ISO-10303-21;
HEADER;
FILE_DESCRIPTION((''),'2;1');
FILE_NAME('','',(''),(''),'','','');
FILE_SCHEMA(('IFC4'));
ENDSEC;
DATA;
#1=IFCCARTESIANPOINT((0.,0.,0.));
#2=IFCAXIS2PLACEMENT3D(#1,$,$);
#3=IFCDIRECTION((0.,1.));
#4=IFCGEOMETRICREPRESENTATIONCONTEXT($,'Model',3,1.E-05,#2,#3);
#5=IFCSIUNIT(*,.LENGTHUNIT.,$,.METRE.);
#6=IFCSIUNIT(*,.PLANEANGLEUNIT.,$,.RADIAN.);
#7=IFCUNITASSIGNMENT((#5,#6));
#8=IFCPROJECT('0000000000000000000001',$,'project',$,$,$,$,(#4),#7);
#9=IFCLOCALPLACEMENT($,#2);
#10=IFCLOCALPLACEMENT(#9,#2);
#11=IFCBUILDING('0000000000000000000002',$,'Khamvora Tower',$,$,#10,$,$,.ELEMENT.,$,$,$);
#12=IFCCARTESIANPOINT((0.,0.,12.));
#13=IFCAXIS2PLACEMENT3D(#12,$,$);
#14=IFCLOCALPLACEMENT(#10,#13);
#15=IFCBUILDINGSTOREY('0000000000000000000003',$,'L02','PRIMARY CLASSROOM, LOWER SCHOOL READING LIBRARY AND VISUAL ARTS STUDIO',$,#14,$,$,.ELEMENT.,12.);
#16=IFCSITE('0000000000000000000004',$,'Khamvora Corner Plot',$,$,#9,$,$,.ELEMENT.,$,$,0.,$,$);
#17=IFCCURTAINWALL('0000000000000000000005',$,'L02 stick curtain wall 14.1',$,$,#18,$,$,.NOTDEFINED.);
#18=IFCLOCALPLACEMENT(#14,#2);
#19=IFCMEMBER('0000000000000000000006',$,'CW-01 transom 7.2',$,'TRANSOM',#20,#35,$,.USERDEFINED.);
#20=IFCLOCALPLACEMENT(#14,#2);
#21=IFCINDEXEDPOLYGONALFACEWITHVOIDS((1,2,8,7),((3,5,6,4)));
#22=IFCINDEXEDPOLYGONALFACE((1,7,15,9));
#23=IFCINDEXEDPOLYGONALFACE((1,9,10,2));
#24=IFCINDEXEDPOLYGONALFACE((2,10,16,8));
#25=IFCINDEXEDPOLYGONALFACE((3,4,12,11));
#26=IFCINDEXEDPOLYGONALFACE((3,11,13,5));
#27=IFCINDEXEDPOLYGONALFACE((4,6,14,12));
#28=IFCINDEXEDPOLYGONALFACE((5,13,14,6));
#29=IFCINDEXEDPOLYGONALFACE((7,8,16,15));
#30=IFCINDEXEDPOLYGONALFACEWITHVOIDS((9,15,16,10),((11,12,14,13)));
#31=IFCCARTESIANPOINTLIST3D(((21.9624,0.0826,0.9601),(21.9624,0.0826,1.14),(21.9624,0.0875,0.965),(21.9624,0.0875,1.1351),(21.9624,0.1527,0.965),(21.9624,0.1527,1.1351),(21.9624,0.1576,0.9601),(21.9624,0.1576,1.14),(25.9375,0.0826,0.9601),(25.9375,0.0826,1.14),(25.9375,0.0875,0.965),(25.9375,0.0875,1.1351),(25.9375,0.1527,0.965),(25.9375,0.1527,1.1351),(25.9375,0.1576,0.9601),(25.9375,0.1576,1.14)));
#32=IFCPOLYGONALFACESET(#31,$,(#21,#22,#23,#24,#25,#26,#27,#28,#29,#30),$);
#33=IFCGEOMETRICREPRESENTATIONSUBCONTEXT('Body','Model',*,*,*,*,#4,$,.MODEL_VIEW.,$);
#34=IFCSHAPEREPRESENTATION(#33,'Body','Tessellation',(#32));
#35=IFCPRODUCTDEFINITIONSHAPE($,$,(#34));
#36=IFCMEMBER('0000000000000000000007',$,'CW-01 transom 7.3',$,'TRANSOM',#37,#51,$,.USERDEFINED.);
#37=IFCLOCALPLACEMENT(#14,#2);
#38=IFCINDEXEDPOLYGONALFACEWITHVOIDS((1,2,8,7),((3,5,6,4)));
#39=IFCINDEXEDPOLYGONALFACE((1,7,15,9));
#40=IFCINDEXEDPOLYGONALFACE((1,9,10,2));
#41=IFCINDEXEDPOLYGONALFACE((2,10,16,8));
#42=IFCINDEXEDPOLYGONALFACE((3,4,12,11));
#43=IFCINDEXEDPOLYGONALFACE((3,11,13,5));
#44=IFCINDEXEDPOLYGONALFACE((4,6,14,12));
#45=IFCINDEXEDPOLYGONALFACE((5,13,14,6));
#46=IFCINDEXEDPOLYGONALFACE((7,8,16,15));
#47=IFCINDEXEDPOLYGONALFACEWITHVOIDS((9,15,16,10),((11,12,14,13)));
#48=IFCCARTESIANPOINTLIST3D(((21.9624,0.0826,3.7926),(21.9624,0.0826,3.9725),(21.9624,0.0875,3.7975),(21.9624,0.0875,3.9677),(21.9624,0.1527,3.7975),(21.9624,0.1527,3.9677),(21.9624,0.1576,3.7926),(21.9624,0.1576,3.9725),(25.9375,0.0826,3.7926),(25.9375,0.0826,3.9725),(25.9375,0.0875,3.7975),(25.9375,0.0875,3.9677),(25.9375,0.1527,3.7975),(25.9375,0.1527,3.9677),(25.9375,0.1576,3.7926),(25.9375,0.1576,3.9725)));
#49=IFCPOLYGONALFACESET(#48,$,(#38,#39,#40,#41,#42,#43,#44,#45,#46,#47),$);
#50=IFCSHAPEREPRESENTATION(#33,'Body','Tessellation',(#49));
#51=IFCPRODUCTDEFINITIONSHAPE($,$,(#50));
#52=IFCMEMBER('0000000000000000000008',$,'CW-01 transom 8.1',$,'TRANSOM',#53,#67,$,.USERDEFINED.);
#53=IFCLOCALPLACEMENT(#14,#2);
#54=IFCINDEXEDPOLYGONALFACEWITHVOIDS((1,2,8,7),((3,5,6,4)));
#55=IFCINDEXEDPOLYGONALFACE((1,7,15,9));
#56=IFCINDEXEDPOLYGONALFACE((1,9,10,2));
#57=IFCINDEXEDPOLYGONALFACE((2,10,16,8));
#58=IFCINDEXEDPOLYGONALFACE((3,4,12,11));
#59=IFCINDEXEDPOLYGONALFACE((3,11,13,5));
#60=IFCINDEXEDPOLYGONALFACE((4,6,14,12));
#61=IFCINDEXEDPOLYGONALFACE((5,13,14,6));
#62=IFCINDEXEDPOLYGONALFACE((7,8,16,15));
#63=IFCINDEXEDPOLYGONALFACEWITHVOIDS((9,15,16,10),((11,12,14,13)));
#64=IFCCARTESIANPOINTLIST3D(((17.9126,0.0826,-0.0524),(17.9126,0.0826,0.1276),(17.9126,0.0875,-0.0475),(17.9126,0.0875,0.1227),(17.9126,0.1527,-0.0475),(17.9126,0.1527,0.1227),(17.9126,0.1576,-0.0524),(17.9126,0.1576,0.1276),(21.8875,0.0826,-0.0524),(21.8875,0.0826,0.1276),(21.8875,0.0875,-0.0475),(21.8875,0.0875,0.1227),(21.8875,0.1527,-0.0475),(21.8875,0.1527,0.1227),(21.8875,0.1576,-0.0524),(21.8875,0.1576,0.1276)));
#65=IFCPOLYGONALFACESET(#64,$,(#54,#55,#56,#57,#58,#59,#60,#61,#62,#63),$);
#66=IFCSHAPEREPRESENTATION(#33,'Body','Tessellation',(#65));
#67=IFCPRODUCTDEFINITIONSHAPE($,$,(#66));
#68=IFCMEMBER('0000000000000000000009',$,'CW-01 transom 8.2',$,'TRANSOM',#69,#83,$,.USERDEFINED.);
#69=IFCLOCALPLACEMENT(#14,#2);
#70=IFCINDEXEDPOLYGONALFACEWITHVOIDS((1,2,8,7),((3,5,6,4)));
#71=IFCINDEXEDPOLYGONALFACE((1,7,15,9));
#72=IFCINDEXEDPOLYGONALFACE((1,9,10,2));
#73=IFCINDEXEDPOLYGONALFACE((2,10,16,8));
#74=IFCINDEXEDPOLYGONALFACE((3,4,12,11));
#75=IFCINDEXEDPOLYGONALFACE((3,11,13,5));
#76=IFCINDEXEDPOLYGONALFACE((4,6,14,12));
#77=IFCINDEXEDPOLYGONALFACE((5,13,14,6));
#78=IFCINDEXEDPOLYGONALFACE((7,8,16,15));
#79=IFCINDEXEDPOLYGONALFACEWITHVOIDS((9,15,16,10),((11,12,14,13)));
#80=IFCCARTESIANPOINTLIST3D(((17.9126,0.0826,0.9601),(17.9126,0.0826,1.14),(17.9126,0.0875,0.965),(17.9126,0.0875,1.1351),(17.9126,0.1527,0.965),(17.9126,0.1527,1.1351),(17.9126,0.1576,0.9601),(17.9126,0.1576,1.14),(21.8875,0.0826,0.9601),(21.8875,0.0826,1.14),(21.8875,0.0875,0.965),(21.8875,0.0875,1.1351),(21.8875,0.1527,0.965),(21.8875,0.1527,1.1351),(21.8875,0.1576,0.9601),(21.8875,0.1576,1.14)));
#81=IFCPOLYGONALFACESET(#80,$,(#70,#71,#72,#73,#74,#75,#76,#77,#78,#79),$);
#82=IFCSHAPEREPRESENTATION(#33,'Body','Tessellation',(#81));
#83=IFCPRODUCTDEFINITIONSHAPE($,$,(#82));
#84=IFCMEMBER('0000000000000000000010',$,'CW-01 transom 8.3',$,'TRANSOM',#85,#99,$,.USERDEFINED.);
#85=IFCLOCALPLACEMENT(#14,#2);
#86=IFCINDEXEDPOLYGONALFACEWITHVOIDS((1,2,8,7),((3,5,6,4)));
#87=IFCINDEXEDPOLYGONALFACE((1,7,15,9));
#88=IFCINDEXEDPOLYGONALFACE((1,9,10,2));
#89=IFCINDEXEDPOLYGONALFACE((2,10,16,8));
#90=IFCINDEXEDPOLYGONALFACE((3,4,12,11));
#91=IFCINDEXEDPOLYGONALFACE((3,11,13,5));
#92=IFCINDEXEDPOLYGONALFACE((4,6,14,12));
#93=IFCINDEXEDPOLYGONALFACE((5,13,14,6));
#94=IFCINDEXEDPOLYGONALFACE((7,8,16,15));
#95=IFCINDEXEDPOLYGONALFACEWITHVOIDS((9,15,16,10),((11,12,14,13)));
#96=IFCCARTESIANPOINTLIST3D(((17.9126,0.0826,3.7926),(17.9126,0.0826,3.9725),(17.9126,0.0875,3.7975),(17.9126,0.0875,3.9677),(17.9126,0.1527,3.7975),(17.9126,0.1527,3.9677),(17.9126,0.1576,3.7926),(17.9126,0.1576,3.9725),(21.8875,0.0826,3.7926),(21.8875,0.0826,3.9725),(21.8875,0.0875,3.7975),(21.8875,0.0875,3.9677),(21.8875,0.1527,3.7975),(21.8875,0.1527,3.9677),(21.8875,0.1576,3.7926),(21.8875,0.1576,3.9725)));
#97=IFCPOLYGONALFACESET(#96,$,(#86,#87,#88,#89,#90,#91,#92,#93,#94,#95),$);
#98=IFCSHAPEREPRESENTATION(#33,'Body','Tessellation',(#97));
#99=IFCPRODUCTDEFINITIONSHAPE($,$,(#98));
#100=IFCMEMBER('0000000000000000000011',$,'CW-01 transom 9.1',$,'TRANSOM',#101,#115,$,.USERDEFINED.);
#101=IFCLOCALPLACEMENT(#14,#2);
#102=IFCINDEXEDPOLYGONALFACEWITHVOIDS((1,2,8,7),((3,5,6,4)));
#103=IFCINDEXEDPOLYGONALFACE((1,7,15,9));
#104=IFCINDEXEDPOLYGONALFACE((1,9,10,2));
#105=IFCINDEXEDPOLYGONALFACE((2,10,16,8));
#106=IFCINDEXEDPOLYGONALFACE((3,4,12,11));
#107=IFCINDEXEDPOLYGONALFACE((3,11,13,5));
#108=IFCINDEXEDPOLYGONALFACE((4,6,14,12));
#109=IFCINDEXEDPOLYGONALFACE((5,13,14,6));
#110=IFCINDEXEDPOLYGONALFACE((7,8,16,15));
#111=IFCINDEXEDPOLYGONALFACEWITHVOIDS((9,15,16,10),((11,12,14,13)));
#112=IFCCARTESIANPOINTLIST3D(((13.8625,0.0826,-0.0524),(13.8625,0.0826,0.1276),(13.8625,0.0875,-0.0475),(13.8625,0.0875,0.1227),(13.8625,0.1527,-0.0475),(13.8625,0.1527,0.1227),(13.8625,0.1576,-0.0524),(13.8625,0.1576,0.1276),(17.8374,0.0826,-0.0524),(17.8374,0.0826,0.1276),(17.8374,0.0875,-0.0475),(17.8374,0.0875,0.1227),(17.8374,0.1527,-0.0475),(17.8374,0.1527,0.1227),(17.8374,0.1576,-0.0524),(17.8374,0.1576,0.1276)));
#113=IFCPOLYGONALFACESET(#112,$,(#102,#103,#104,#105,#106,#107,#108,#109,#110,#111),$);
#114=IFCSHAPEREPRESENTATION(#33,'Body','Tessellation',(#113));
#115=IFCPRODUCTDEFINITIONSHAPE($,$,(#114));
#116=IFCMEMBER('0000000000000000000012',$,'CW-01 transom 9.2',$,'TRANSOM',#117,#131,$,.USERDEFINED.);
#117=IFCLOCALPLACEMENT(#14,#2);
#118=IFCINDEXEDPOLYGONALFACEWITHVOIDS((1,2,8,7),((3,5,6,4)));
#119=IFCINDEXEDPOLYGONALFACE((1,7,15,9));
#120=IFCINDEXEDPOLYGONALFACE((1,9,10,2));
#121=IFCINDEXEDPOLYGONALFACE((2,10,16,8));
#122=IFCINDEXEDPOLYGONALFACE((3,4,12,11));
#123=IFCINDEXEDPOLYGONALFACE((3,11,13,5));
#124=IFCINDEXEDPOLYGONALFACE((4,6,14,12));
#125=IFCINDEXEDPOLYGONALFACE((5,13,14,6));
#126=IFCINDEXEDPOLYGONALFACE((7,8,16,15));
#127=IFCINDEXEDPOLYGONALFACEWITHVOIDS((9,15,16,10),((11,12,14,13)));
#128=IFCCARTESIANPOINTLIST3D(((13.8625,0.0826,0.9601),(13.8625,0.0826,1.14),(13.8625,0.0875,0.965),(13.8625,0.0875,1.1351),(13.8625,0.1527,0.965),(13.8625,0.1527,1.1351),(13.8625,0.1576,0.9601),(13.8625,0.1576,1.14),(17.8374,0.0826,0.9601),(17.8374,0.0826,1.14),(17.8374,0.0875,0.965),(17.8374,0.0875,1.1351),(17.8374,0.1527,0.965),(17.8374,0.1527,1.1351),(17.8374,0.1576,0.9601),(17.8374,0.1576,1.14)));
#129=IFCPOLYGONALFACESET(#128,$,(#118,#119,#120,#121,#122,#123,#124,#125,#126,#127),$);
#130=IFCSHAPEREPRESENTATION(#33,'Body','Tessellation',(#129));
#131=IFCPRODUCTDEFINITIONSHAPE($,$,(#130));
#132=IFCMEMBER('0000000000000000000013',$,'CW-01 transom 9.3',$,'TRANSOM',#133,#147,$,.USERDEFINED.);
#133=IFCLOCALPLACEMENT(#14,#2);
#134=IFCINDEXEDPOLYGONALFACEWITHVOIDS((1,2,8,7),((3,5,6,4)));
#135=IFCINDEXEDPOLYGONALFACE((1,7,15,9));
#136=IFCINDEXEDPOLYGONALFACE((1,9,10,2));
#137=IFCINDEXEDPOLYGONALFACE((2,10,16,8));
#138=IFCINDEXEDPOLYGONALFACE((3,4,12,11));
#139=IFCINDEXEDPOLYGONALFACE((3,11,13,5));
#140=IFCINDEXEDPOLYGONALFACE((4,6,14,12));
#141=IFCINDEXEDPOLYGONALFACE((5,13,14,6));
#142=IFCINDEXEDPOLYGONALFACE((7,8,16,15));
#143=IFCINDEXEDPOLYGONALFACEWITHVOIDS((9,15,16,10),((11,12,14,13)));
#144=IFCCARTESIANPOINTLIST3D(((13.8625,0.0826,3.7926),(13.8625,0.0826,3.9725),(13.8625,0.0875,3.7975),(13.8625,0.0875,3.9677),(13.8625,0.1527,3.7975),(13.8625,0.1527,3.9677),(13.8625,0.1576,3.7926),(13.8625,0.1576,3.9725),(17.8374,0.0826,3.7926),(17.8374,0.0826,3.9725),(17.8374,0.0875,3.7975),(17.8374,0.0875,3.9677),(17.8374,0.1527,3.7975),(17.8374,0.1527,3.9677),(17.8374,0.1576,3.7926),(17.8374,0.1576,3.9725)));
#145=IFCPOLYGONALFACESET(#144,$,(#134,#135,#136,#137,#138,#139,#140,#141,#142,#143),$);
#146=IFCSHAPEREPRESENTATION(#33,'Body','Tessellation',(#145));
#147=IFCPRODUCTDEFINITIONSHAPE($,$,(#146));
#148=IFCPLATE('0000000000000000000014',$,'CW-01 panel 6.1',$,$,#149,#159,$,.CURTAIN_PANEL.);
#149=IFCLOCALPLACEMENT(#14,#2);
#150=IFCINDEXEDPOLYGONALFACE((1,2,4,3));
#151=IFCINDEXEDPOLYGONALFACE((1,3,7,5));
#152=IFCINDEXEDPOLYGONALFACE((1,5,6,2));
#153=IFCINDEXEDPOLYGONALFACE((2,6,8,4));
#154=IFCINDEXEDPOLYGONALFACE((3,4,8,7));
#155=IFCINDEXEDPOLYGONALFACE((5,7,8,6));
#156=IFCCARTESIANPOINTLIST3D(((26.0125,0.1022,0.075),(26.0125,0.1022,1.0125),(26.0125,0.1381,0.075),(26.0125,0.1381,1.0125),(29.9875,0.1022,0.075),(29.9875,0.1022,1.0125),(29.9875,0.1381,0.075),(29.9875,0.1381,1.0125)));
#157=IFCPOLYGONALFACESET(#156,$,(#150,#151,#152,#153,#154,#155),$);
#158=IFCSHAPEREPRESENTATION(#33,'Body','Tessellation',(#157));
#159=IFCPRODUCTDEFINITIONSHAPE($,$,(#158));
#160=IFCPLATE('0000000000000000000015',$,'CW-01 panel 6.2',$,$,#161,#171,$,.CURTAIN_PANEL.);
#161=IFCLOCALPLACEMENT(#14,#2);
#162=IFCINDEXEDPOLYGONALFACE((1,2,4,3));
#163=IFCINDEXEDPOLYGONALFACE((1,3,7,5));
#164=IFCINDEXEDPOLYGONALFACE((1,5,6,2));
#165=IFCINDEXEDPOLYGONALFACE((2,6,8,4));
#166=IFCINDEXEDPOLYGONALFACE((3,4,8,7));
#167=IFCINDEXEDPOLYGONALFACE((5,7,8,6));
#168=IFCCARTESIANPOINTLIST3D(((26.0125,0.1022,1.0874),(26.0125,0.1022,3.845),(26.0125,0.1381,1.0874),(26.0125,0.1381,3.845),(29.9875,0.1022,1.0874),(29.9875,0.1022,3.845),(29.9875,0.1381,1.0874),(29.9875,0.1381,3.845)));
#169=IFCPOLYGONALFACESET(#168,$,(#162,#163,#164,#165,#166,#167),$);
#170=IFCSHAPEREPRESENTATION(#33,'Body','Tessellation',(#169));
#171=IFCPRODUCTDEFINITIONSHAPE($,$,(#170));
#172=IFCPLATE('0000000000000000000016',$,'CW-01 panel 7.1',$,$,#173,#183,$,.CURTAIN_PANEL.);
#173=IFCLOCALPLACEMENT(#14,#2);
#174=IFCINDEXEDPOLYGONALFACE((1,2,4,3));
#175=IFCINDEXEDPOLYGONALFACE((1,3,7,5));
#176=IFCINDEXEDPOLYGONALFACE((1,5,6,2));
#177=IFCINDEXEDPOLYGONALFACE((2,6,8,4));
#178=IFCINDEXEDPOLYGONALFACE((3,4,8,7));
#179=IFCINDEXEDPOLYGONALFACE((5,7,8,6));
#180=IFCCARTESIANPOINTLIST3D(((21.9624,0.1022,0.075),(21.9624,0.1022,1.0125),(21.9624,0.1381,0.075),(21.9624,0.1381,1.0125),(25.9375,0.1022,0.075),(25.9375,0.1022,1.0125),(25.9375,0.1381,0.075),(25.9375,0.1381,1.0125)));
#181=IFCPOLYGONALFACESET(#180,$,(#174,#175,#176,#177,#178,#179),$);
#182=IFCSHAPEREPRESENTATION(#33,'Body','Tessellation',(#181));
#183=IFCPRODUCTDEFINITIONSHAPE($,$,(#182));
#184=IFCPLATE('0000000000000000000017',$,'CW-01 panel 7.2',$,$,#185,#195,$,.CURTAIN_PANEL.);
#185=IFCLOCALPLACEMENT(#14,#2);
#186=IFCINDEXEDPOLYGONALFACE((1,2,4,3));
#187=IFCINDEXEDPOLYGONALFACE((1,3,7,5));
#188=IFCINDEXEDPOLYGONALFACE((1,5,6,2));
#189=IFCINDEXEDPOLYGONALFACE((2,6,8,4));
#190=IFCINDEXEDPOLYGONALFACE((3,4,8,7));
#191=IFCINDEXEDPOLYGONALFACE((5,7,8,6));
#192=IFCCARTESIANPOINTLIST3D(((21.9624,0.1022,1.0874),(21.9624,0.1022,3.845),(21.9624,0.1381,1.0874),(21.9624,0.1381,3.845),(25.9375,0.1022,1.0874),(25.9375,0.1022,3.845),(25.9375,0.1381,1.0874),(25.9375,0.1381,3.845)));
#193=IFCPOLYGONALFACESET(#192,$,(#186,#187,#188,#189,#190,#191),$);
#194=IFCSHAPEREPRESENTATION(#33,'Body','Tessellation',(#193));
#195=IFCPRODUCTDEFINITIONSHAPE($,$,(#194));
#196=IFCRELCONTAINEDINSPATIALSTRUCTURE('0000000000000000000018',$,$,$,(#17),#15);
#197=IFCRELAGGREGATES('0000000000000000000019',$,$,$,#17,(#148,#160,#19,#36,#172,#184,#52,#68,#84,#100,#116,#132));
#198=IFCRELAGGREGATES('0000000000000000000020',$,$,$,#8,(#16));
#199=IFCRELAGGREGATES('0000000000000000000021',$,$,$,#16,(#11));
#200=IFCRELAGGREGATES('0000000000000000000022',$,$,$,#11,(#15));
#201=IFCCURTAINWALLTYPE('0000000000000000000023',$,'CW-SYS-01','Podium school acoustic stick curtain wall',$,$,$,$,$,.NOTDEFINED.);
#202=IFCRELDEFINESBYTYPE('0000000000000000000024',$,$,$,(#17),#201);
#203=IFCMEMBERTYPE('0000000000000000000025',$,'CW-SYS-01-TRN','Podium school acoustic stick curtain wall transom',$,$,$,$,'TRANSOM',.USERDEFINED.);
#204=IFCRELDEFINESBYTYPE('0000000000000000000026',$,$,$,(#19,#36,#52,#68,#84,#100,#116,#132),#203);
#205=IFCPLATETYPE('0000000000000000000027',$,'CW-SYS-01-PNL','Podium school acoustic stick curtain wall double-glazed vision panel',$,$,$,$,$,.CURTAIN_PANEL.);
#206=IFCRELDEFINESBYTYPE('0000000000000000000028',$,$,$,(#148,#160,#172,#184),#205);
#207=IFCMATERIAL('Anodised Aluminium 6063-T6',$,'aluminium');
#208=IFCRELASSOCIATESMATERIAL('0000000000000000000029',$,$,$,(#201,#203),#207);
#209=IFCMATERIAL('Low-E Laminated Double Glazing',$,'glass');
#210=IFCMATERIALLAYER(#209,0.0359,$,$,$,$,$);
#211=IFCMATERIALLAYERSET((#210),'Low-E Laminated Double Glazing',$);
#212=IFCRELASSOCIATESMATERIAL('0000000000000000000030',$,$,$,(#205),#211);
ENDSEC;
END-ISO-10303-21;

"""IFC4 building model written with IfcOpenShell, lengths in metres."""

from ifc_helpers import new_model, si_unit, direction, frame, origin, origin_2d, place, context, subcontext, project, spatial, rectangle, hollow_rectangle, extrude, material, layer, layer_set, material_profile, profile_set, type_object, element, aggregate, save


model = new_model("IFC4")

# Units and contexts
model_context = context("Model", 3, precision=1e-05, world=origin(), true_north=direction((0.0, 1.0)))
body_context = subcontext(model_context, "Body", "Model", "MODEL_VIEW")
ifc_project = project(units=[si_unit("LENGTHUNIT", "METRE"), si_unit("PLANEANGLEUNIT", "RADIAN")], contexts=[model_context])

# Site, building, storey
site_placement = place(None, origin())
site = spatial("IfcSite", under=ifc_project, at=site_placement, Name="Khamvora Corner Plot", CompositionType="ELEMENT", RefElevation=0.0)
building_placement = place(site_placement, origin())
building = spatial("IfcBuilding", under=site, at=building_placement, Name="Khamvora Tower", CompositionType="ELEMENT")
storey_placement = place(building_placement, frame((0.0, 0.0, 12.0)))
storey = spatial("IfcBuildingStorey", under=building, at=storey_placement, Name="L02", Description="PRIMARY CLASSROOM, LOWER SCHOOL READING LIBRARY AND VISUAL ARTS STUDIO", CompositionType="ELEMENT", Elevation=12.0)

# Curtain wall, members, plates
ifc_material_1 = material(Name="Anodised Aluminium 6063-T6", Category="aluminium")
curtain_wall_type = type_object("IfcCurtainWallType", Name="CW-SYS-01", Description="Podium school acoustic stick curtain wall", PredefinedType="NOTDEFINED", material=ifc_material_1)
curtain_wall_placement = place(storey_placement, origin())
curtain_wall = element("IfcCurtainWall", 1, at=curtain_wall_placement, inside=storey, type_object=curtain_wall_type, Name="L02 stick curtain wall 14.1", PredefinedType="NOTDEFINED")
ifc_material_profile_1 = material_profile(ifc_material_1, hollow_rectangle(XDim=0.075, YDim=0.1799, WallThickness=0.0049, at=origin_2d()), Name="TRN75x180x5")
ifc_profile_set_1 = profile_set([ifc_material_profile_1], Name="Anodised Aluminium 6063-T6")
member_type_1 = type_object("IfcMemberType", Name="CW-SYS-01-TRN", Description="Podium school acoustic stick curtain wall transom", ElementType="TRANSOM", PredefinedType="USERDEFINED", material=ifc_profile_set_1)
member_1_placement = place(storey_placement, frame((25.9375, 0.1201, 1.05), z_axis=(-1.0, 0.0, 0.0), x_axis=(0.0, -1.0, 0.0)))
member_1 = element("IfcMember", 2, at=member_1_placement, type_object=member_type_1, Name="CW-01 transom 7.2", ObjectType="TRANSOM", PredefinedType="USERDEFINED", context=body_context, shape_type="SweptSolid", body=[
    extrude(hollow_rectangle(XDim=0.075, YDim=0.1799, WallThickness=0.0049, at=origin_2d()), origin(), (0.0, 0.0, 1.0), 3.9751),
])
member_2_placement = place(storey_placement, frame((25.9375, 0.1201, 3.8826), z_axis=(-1.0, 0.0, 0.0), x_axis=(0.0, -1.0, 0.0)))
member_2 = element("IfcMember", 3, at=member_2_placement, type_object=member_type_1, Name="CW-01 transom 7.3", ObjectType="TRANSOM", PredefinedType="USERDEFINED", context=body_context, shape_type="SweptSolid", body=[
    extrude(hollow_rectangle(XDim=0.075, YDim=0.1799, WallThickness=0.0049, at=origin_2d()), origin(), (0.0, 0.0, 1.0), 3.9751),
])
member_3_placement = place(storey_placement, frame((21.8875, 0.1201, 0.0376), z_axis=(-1.0, 0.0, 0.0), x_axis=(0.0, -1.0, 0.0)))
member_3 = element("IfcMember", 4, at=member_3_placement, type_object=member_type_1, Name="CW-01 transom 8.1", ObjectType="TRANSOM", PredefinedType="USERDEFINED", context=body_context, shape_type="SweptSolid", body=[
    extrude(hollow_rectangle(XDim=0.075, YDim=0.1799, WallThickness=0.0049, at=origin_2d()), origin(), (0.0, 0.0, 1.0), 3.9749),
])
member_4_placement = place(storey_placement, frame((21.8875, 0.1201, 1.05), z_axis=(-1.0, 0.0, 0.0), x_axis=(0.0, -1.0, 0.0)))
member_4 = element("IfcMember", 5, at=member_4_placement, type_object=member_type_1, Name="CW-01 transom 8.2", ObjectType="TRANSOM", PredefinedType="USERDEFINED", context=body_context, shape_type="SweptSolid", body=[
    extrude(hollow_rectangle(XDim=0.075, YDim=0.1799, WallThickness=0.0049, at=origin_2d()), origin(), (0.0, 0.0, 1.0), 3.9749),
])
member_5_placement = place(storey_placement, frame((21.8875, 0.1201, 3.8826), z_axis=(-1.0, 0.0, 0.0), x_axis=(0.0, -1.0, 0.0)))
member_5 = element("IfcMember", 6, at=member_5_placement, type_object=member_type_1, Name="CW-01 transom 8.3", ObjectType="TRANSOM", PredefinedType="USERDEFINED", context=body_context, shape_type="SweptSolid", body=[
    extrude(hollow_rectangle(XDim=0.075, YDim=0.1799, WallThickness=0.0049, at=origin_2d()), origin(), (0.0, 0.0, 1.0), 3.9749),
])
member_6_placement = place(storey_placement, frame((17.8374, 0.1201, 0.0376), z_axis=(-1.0, 0.0, 0.0), x_axis=(0.0, -1.0, 0.0)))
member_6 = element("IfcMember", 7, at=member_6_placement, type_object=member_type_1, Name="CW-01 transom 9.1", ObjectType="TRANSOM", PredefinedType="USERDEFINED", context=body_context, shape_type="SweptSolid", body=[
    extrude(hollow_rectangle(XDim=0.075, YDim=0.1799, WallThickness=0.0049, at=origin_2d()), origin(), (0.0, 0.0, 1.0), 3.9749),
])
member_7_placement = place(storey_placement, frame((17.8374, 0.1201, 1.05), z_axis=(-1.0, 0.0, 0.0), x_axis=(0.0, -1.0, 0.0)))
member_7 = element("IfcMember", 8, at=member_7_placement, type_object=member_type_1, Name="CW-01 transom 9.2", ObjectType="TRANSOM", PredefinedType="USERDEFINED", context=body_context, shape_type="SweptSolid", body=[
    extrude(hollow_rectangle(XDim=0.075, YDim=0.1799, WallThickness=0.0049, at=origin_2d()), origin(), (0.0, 0.0, 1.0), 3.9749),
])
member_8_placement = place(storey_placement, frame((17.8374, 0.1201, 3.8826), z_axis=(-1.0, 0.0, 0.0), x_axis=(0.0, -1.0, 0.0)))
member_8 = element("IfcMember", 9, at=member_8_placement, type_object=member_type_1, Name="CW-01 transom 9.3", ObjectType="TRANSOM", PredefinedType="USERDEFINED", context=body_context, shape_type="SweptSolid", body=[
    extrude(hollow_rectangle(XDim=0.075, YDim=0.1799, WallThickness=0.0049, at=origin_2d()), origin(), (0.0, 0.0, 1.0), 3.9749),
])
ifc_material_2 = material(Name="Low-E Laminated Double Glazing", Category="glass")
ifc_layer_1 = layer(ifc_material_2, 0.0359)
ifc_layer_set_1 = layer_set([ifc_layer_1], Name="Low-E Laminated Double Glazing")
plate_type_1 = type_object("IfcPlateType", Name="CW-SYS-01-PNL", Description="Podium school acoustic stick curtain wall double-glazed vision panel", PredefinedType="CURTAIN_PANEL", material=ifc_layer_set_1)
plate_1_placement = place(storey_placement, frame((28.0, 0.1201, 0.075), z_axis=(0.0, 0.0, 1.0), x_axis=(-1.0, 0.0, 0.0)))
plate_1 = element("IfcPlate", 10, at=plate_1_placement, type_object=plate_type_1, Name="CW-01 panel 6.1", PredefinedType="CURTAIN_PANEL", context=body_context, shape_type="SweptSolid", body=[
    extrude(rectangle(XDim=3.9751, YDim=0.0359, at=origin_2d()), origin(), (0.0, 0.0, 1.0), 0.9375),
])
plate_2_placement = place(storey_placement, frame((28.0, 0.1201, 1.0874), z_axis=(0.0, 0.0, 1.0), x_axis=(-1.0, 0.0, 0.0)))
plate_2 = element("IfcPlate", 11, at=plate_2_placement, type_object=plate_type_1, Name="CW-01 panel 6.2", PredefinedType="CURTAIN_PANEL", context=body_context, shape_type="SweptSolid", body=[
    extrude(rectangle(XDim=3.9751, YDim=0.0359, at=origin_2d()), origin(), (0.0, 0.0, 1.0), 2.7576),
])
plate_3_placement = place(storey_placement, frame((23.95, 0.1201, 0.075), z_axis=(0.0, 0.0, 1.0), x_axis=(-1.0, 0.0, 0.0)))
plate_3 = element("IfcPlate", 12, at=plate_3_placement, type_object=plate_type_1, Name="CW-01 panel 7.1", PredefinedType="CURTAIN_PANEL", context=body_context, shape_type="SweptSolid", body=[
    extrude(rectangle(XDim=3.9751, YDim=0.0359, at=origin_2d()), origin(), (0.0, 0.0, 1.0), 0.9375),
])
plate_4_placement = place(storey_placement, frame((23.95, 0.1201, 1.0874), z_axis=(0.0, 0.0, 1.0), x_axis=(-1.0, 0.0, 0.0)))
plate_4 = element("IfcPlate", 13, at=plate_4_placement, type_object=plate_type_1, Name="CW-01 panel 7.2", PredefinedType="CURTAIN_PANEL", context=body_context, shape_type="SweptSolid", body=[
    extrude(rectangle(XDim=3.9751, YDim=0.0359, at=origin_2d()), origin(), (0.0, 0.0, 1.0), 2.7576),
])
aggregate(curtain_wall, [plate_1, plate_2, member_1, member_2, plate_3, plate_4, member_3, member_4, member_5, member_6, member_7, member_8])

save(model, "model.ifc")
